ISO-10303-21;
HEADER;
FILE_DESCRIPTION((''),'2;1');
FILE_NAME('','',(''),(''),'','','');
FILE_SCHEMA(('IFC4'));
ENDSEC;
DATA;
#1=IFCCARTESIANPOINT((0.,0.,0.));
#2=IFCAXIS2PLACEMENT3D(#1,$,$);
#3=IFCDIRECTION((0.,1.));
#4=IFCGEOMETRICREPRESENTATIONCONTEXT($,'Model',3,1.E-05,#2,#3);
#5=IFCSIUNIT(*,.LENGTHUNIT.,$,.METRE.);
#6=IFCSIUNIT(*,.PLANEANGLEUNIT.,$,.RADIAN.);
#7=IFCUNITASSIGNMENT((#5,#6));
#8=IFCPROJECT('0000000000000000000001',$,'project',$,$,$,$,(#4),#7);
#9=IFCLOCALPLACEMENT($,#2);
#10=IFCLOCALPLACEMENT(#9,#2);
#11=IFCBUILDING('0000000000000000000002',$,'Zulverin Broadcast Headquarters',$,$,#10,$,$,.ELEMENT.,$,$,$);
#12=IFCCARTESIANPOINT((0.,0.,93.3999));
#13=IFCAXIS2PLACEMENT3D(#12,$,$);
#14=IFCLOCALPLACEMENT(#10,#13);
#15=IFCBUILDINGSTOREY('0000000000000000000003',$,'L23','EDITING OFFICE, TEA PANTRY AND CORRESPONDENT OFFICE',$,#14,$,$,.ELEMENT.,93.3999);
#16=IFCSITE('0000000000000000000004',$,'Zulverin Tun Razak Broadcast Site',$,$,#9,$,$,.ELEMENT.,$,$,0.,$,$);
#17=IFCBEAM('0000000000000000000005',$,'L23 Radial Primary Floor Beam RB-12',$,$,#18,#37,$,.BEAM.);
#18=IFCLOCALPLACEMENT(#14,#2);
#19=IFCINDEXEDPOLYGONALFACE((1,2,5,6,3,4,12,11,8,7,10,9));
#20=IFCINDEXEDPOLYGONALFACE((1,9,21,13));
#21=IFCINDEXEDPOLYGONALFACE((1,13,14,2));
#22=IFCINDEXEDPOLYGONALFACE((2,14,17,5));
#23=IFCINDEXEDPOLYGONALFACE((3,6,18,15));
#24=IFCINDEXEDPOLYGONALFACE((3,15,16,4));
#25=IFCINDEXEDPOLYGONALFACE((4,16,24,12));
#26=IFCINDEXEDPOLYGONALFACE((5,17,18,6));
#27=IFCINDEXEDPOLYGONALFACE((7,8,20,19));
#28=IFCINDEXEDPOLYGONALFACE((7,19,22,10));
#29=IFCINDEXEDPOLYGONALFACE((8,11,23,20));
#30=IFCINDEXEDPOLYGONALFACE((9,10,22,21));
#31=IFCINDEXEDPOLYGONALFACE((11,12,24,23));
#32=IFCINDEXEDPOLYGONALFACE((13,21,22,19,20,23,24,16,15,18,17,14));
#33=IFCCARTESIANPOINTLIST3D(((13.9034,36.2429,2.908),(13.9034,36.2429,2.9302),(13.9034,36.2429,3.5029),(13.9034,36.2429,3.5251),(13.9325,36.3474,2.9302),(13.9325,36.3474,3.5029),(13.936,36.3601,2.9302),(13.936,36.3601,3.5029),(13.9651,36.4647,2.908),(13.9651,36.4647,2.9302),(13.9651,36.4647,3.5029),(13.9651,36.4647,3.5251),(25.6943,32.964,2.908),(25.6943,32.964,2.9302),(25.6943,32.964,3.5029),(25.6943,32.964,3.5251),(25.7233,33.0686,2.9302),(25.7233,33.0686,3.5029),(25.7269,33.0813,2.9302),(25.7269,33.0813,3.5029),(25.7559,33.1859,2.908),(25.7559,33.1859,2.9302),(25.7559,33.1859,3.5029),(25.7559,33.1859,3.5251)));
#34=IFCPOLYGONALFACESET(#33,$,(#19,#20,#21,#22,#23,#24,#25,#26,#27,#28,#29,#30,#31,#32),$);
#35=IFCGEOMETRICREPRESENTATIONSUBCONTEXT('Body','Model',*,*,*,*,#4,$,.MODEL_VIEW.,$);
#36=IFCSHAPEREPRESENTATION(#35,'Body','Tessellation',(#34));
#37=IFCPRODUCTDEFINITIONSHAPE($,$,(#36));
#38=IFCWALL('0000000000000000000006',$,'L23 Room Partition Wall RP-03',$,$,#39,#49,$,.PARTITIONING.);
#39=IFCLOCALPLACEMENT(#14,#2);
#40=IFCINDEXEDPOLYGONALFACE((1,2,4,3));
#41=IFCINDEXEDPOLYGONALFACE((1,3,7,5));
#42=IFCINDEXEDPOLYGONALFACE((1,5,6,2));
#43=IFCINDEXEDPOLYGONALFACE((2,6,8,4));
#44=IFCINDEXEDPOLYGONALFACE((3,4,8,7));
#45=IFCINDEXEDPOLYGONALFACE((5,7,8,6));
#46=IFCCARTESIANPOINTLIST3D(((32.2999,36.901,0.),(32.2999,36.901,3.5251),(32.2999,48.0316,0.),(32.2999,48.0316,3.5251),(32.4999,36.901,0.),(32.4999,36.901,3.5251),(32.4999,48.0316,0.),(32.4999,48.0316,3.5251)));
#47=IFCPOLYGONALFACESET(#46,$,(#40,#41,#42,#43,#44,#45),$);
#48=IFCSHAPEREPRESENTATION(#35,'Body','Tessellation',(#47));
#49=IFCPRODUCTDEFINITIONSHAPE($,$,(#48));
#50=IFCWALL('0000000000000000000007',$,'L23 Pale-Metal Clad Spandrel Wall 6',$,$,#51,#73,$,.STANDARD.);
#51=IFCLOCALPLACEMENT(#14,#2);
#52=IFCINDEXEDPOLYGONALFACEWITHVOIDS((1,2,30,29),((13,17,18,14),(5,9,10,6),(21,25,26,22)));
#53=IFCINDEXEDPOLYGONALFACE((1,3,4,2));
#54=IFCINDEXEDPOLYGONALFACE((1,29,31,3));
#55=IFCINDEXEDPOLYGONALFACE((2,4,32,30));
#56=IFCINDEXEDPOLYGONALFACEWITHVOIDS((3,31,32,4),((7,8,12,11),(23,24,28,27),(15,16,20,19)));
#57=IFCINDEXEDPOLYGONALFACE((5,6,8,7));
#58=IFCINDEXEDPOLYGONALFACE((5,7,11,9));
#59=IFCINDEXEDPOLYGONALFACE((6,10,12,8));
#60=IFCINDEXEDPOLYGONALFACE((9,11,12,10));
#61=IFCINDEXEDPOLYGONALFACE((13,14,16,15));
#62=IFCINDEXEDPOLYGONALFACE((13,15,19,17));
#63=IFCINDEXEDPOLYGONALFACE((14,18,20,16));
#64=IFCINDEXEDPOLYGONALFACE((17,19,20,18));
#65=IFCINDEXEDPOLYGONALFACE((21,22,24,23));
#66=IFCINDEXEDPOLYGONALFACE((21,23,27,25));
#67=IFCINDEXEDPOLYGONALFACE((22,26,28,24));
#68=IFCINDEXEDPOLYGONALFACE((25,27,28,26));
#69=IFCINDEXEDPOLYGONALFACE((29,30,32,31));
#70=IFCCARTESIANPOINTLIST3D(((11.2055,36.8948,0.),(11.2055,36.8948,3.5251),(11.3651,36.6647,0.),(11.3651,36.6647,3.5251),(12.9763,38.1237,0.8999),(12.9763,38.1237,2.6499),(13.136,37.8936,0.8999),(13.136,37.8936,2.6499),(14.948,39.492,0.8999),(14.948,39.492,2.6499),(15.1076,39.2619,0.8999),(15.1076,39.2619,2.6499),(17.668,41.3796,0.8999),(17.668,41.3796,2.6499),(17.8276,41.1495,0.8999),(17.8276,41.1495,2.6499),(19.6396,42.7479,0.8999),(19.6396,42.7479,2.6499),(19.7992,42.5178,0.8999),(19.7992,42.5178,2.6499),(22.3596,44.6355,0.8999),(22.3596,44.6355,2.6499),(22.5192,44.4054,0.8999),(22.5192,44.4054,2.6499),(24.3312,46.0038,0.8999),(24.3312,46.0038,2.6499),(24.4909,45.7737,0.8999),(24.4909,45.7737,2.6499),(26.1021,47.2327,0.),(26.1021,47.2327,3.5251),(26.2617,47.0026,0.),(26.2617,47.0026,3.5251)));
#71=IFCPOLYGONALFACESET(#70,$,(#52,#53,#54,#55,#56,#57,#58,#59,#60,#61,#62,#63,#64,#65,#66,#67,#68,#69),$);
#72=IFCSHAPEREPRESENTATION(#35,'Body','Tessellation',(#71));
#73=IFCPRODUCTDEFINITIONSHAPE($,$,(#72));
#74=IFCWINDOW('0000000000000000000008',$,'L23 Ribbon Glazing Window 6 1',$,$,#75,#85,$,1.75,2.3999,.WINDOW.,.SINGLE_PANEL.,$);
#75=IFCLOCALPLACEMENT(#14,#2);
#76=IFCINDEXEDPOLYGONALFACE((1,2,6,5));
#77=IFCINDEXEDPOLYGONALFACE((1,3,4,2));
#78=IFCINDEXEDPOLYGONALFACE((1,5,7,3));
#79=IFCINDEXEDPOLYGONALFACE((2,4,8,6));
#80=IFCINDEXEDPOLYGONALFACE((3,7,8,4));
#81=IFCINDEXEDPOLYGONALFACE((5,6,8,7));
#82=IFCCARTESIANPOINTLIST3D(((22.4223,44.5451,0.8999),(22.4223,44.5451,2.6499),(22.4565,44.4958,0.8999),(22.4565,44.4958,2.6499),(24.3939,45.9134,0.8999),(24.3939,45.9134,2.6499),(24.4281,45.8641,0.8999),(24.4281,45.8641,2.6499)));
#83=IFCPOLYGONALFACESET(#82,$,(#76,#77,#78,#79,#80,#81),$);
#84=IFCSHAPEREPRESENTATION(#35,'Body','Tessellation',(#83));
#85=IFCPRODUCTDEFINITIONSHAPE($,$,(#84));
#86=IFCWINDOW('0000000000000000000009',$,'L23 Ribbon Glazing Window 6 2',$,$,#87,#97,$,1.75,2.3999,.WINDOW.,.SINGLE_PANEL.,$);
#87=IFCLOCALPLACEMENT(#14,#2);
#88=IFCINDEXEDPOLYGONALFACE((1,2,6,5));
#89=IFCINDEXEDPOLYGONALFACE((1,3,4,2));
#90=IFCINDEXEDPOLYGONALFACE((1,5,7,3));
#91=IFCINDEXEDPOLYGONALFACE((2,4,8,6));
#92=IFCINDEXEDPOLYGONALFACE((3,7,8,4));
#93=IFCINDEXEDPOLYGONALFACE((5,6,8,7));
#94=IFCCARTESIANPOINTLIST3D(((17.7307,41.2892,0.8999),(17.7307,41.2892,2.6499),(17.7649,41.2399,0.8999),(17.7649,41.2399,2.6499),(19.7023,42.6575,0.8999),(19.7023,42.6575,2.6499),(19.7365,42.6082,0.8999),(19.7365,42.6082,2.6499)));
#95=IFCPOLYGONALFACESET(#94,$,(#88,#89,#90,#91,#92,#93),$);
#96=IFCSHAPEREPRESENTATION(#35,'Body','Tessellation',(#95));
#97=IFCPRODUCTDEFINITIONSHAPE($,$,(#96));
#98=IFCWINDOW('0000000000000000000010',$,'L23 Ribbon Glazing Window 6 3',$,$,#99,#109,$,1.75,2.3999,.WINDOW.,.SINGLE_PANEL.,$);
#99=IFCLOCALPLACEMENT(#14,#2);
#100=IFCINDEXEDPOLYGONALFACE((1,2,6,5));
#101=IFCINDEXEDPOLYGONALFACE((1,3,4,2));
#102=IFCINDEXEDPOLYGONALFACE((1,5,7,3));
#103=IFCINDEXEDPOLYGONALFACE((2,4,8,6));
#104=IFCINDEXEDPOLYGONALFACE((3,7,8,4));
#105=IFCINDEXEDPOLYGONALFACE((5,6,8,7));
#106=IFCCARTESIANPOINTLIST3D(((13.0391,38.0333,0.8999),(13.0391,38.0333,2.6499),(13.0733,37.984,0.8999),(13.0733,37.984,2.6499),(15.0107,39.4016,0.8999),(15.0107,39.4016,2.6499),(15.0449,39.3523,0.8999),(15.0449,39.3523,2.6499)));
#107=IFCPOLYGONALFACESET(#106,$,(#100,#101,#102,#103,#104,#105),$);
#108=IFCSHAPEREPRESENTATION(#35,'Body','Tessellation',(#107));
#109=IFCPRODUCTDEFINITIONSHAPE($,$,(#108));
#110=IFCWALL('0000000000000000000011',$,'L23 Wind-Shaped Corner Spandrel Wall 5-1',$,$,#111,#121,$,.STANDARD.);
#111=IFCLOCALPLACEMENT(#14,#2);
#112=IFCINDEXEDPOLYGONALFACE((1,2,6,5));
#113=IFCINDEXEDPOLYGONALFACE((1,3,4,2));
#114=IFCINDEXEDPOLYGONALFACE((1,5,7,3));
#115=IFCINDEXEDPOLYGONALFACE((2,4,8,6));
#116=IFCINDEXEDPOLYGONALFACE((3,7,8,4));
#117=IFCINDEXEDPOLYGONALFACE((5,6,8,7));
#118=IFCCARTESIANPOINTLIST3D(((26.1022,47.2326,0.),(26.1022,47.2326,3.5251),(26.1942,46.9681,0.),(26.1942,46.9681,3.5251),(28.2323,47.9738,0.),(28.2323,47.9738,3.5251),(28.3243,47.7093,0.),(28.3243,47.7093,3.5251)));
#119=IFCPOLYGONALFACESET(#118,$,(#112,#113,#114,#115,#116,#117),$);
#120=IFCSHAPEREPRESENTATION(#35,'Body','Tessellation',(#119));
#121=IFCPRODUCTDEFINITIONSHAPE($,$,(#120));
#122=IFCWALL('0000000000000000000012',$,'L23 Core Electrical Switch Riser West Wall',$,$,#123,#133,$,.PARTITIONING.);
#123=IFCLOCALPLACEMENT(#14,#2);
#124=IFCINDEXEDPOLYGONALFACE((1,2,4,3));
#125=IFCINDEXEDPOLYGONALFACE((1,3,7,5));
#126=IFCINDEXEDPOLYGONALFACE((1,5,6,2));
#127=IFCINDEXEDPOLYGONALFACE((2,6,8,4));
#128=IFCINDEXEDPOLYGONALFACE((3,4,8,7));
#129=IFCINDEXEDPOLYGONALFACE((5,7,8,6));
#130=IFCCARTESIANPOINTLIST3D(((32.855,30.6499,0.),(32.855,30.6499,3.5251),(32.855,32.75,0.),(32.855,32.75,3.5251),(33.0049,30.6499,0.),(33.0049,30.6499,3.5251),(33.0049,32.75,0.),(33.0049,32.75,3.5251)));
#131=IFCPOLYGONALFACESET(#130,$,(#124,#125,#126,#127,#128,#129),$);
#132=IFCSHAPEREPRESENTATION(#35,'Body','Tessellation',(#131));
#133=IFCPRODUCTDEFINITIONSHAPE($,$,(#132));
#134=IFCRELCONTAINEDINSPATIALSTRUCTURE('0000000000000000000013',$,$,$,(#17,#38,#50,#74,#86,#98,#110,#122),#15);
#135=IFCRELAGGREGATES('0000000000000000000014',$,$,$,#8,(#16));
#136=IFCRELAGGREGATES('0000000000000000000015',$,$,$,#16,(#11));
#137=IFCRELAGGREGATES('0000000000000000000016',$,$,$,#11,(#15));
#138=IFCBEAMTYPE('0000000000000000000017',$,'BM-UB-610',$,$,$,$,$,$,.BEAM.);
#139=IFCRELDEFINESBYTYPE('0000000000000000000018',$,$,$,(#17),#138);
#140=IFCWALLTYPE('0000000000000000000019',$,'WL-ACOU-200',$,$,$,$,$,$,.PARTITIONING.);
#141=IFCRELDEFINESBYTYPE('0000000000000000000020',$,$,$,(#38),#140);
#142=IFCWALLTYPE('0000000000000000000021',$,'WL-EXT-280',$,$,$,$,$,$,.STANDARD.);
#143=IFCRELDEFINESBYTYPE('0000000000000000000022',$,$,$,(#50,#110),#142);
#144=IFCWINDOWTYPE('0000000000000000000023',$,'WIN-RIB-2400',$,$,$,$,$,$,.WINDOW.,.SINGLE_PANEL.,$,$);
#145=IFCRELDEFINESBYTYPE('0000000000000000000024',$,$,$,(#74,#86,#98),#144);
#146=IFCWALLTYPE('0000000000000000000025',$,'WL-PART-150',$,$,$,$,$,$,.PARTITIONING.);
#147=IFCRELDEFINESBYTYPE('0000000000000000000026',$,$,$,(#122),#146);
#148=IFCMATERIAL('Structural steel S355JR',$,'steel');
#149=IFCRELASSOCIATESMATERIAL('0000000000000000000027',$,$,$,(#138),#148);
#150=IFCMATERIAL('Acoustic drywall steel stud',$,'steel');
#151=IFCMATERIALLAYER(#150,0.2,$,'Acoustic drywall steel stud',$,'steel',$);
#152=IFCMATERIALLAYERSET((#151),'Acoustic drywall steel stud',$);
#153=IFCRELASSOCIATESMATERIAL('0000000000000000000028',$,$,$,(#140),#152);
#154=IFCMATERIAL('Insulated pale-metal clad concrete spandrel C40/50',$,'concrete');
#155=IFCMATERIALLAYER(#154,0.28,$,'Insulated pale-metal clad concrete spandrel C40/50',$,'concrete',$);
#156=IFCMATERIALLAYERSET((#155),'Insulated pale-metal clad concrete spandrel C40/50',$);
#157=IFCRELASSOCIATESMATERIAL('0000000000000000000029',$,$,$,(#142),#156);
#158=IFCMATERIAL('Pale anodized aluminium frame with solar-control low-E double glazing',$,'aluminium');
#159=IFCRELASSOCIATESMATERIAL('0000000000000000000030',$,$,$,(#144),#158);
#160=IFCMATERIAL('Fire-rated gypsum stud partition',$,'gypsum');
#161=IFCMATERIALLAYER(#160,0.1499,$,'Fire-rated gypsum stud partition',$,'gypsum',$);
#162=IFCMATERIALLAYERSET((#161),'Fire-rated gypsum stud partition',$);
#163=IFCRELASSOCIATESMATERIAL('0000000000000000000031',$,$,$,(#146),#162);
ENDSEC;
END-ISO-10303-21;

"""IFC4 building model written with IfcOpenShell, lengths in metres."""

from ifc_helpers import new_model, si_unit, direction, frame, frame_2d, origin, origin_2d, place, context, subcontext, project, spatial, rectangle, i_section, extrude, material, layer, layer_set, material_profile, profile_set, type_object, element, fill, save


model = new_model("IFC4")

# Units and contexts
model_context = context("Model", 3, precision=1e-05, world=origin(), true_north=direction((0.0, 1.0)))
body_context = subcontext(model_context, "Body", "Model", "MODEL_VIEW")
ifc_project = project(units=[si_unit("LENGTHUNIT", "METRE"), si_unit("PLANEANGLEUNIT", "RADIAN")], contexts=[model_context])

# Site, building, storey
site_placement = place(None, origin())
site = spatial("IfcSite", under=ifc_project, at=site_placement, Name="Zulverin Tun Razak Broadcast Site", CompositionType="ELEMENT", RefElevation=0.0)
building_placement = place(site_placement, origin())
building = spatial("IfcBuilding", under=site, at=building_placement, Name="Zulverin Broadcast Headquarters", CompositionType="ELEMENT")
storey_placement = place(building_placement, frame((0.0, 0.0, 93.3999)))
storey = spatial("IfcBuildingStorey", under=building, at=storey_placement, Name="L23", Description="EDITING OFFICE, TEA PANTRY AND CORRESPONDENT OFFICE", CompositionType="ELEMENT", Elevation=93.3999)

# Beam
ifc_material_1 = material(Name="Structural steel S355JR", Category="steel")
ifc_material_profile_1 = material_profile(ifc_material_1, i_section(OverallWidth=0.2302, OverallDepth=0.6172, WebThickness=0.0132, FlangeThickness=0.0222, at=origin_2d()), Name="Structural steel S355JR", Category="steel")
ifc_profile_set_1 = profile_set([ifc_material_profile_1], Name="Structural steel S355JR")
beam_type_1 = type_object("IfcBeamType", Name="BM-UB-610", PredefinedType="BEAM", material=ifc_profile_set_1)
beam_1_placement = place(storey_placement, frame((25.7251, 33.075, 3.2166), z_axis=(-0.963442, 0.267917, 0.0), x_axis=(-0.267917, -0.963442, 0.0)))
element("IfcBeam", 1, at=beam_1_placement, inside=storey, type_object=beam_type_1, Name="L23 Radial Primary Floor Beam RB-12", PredefinedType="BEAM", context=body_context, shape_type="SweptSolid", body=[
    extrude(i_section(OverallWidth=0.2302, OverallDepth=0.6172, WebThickness=0.0132, FlangeThickness=0.0222, at=origin_2d()), origin(), (0.0, 0.0, 1.0), 12.2383),
])

# Wall
ifc_material_2 = material(Name="Acoustic drywall steel stud", Category="steel")
ifc_layer_1 = layer(ifc_material_2, 0.2, Name="Acoustic drywall steel stud", Category="steel")
ifc_layer_set_1 = layer_set([ifc_layer_1], Name="Acoustic drywall steel stud")
wall_type_1 = type_object("IfcWallType", Name="WL-ACOU-200", PredefinedType="PARTITIONING", material=ifc_layer_set_1)
wall_1_placement = place(storey_placement, frame((32.3999, 36.9009, 0.0), z_axis=(0.0, 0.0, 1.0), x_axis=(0.0, 1.0, 0.0)))
element("IfcWall", 2, at=wall_1_placement, inside=storey, type_object=wall_type_1, Name="L23 Room Partition Wall RP-03", PredefinedType="PARTITIONING", context=body_context, shape_type="SweptSolid", body=[
    extrude(rectangle(XDim=11.1306, YDim=0.2, at=frame_2d((5.5654, 0.0))), origin(), (0.0, 0.0, 1.0), 3.5251),
])

# Wall, openings, windows
ifc_material_3 = material(Name="Insulated pale-metal clad concrete spandrel C40/50", Category="concrete")
ifc_layer_2 = layer(ifc_material_3, 0.28, Name="Insulated pale-metal clad concrete spandrel C40/50", Category="concrete")
ifc_layer_set_2 = layer_set([ifc_layer_2], Name="Insulated pale-metal clad concrete spandrel C40/50")
wall_type_2 = type_object("IfcWallType", Name="WL-EXT-280", PredefinedType="STANDARD", material=ifc_layer_set_2)
wall_2_placement = place(storey_placement, frame((26.1819, 47.1177, 0.0), z_axis=(0.0, 0.0, 1.0), x_axis=(-0.821548, -0.570139, 0.0)))
wall_2 = element("IfcWall", 3, at=wall_2_placement, inside=storey, type_object=wall_type_2, Name="L23 Pale-Metal Clad Spandrel Wall 6", PredefinedType="STANDARD", context=body_context, shape_type="SweptSolid", body=[
    extrude(rectangle(XDim=18.1323, YDim=0.28, at=frame_2d((9.0662, 0.0))), origin(), (0.0, 0.0, 1.0), 3.5251),
])
opening_1_placement = place(wall_2_placement, frame((2.1555, 0.0, 0.8999)))
opening_1 = element("IfcOpeningElement", 4, at=opening_1_placement, cuts=wall_2, PredefinedType="OPENING", context=body_context, shape_type="SweptSolid", body=[
    extrude(rectangle(XDim=2.3999, YDim=1.75, at=frame_2d((1.2, 0.875))), frame((0.0, 0.1499, 0.0), z_axis=(0.0, -1.0, 0.0), x_axis=(1.0, 0.0, 0.0)), (0.0, 0.0, 1.0), 0.3),
])
opening_2_placement = place(wall_2_placement, frame((7.8662, 0.0, 0.8999)))
opening_2 = element("IfcOpeningElement", 5, at=opening_2_placement, cuts=wall_2, PredefinedType="OPENING", context=body_context, shape_type="SweptSolid", body=[
    extrude(rectangle(XDim=2.3999, YDim=1.75, at=frame_2d((1.2, 0.875))), frame((0.0, 0.1499, 0.0), z_axis=(0.0, -1.0, 0.0), x_axis=(1.0, 0.0, 0.0)), (0.0, 0.0, 1.0), 0.3),
])
opening_3_placement = place(wall_2_placement, frame((13.5769, 0.0, 0.8999)))
opening_3 = element("IfcOpeningElement", 6, at=opening_3_placement, cuts=wall_2, PredefinedType="OPENING", context=body_context, shape_type="SweptSolid", body=[
    extrude(rectangle(XDim=2.3999, YDim=1.75, at=frame_2d((1.2, 0.875))), frame((0.0, 0.1499, 0.0), z_axis=(0.0, -1.0, 0.0), x_axis=(1.0, 0.0, 0.0)), (0.0, 0.0, 1.0), 0.3),
])
ifc_material_4 = material(Name="Pale anodized aluminium frame with solar-control low-E double glazing", Category="aluminium")
window_type = type_object("IfcWindowType", Name="WIN-RIB-2400", PartitioningType="SINGLE_PANEL", PredefinedType="WINDOW", material=ifc_material_4)
window_1_placement = place(opening_1_placement, origin())
window_1 = element("IfcWindow", 7, at=window_1_placement, inside=storey, type_object=window_type, Name="L23 Ribbon Glazing Window 6 1", OverallHeight=1.75, OverallWidth=2.3999, PartitioningType="SINGLE_PANEL", PredefinedType="WINDOW", context=body_context, shape_type="SweptSolid", body=[
    extrude(rectangle(XDim=2.3999, YDim=1.75, at=frame_2d((1.2, 0.875))), frame((0.0, 0.03, 0.0), z_axis=(0.0, -1.0, 0.0), x_axis=(1.0, 0.0, 0.0)), (0.0, 0.0, 1.0), 0.0601),
])
fill(opening_1, window_1)
window_2_placement = place(opening_2_placement, origin())
window_2 = element("IfcWindow", 8, at=window_2_placement, inside=storey, type_object=window_type, Name="L23 Ribbon Glazing Window 6 2", OverallHeight=1.75, OverallWidth=2.3999, PartitioningType="SINGLE_PANEL", PredefinedType="WINDOW", context=body_context, shape_type="SweptSolid", body=[
    extrude(rectangle(XDim=2.3999, YDim=1.75, at=frame_2d((1.2, 0.875))), frame((0.0, 0.03, 0.0), z_axis=(0.0, -1.0, 0.0), x_axis=(1.0, 0.0, 0.0)), (0.0, 0.0, 1.0), 0.0601),
])
fill(opening_2, window_2)
window_3_placement = place(opening_3_placement, origin())
window_3 = element("IfcWindow", 9, at=window_3_placement, inside=storey, type_object=window_type, Name="L23 Ribbon Glazing Window 6 3", OverallHeight=1.75, OverallWidth=2.3999, PartitioningType="SINGLE_PANEL", PredefinedType="WINDOW", context=body_context, shape_type="SweptSolid", body=[
    extrude(rectangle(XDim=2.3999, YDim=1.75, at=frame_2d((1.2, 0.875))), frame((0.0, 0.03, 0.0), z_axis=(0.0, -1.0, 0.0), x_axis=(1.0, 0.0, 0.0)), (0.0, 0.0, 1.0), 0.0601),
])
fill(opening_3, window_3)

# Walls
wall_3_placement = place(storey_placement, frame((28.2783, 47.8416, 0.0), z_axis=(0.0, 0.0, 1.0), x_axis=(-0.944456, -0.328638, 0.0)))
element("IfcWall", 10, at=wall_3_placement, inside=storey, type_object=wall_type_2, Name="L23 Wind-Shaped Corner Spandrel Wall 5-1", PredefinedType="STANDARD", context=body_context, shape_type="SweptSolid", body=[
    extrude(rectangle(XDim=2.2554, YDim=0.28, at=frame_2d((1.1277, 0.0))), origin(), (0.0, 0.0, 1.0), 3.5251),
])
ifc_material_5 = material(Name="Fire-rated gypsum stud partition", Category="gypsum")
ifc_layer_3 = layer(ifc_material_5, 0.1499, Name="Fire-rated gypsum stud partition", Category="gypsum")
ifc_layer_set_3 = layer_set([ifc_layer_3], Name="Fire-rated gypsum stud partition")
wall_type_3 = type_object("IfcWallType", Name="WL-PART-150", PredefinedType="PARTITIONING", material=ifc_layer_set_3)
wall_4_placement = place(storey_placement, frame((32.9299, 30.6499, 0.0), z_axis=(0.0, 0.0, 1.0), x_axis=(0.0, 1.0, 0.0)))
element("IfcWall", 11, at=wall_4_placement, inside=storey, type_object=wall_type_3, Name="L23 Core Electrical Switch Riser West Wall", PredefinedType="PARTITIONING", context=body_context, shape_type="SweptSolid", body=[
    extrude(rectangle(XDim=2.1001, YDim=0.1499, at=frame_2d((1.05, 0.0))), origin(), (0.0, 0.0, 1.0), 3.5251),
])

save(model, "model.ifc")
